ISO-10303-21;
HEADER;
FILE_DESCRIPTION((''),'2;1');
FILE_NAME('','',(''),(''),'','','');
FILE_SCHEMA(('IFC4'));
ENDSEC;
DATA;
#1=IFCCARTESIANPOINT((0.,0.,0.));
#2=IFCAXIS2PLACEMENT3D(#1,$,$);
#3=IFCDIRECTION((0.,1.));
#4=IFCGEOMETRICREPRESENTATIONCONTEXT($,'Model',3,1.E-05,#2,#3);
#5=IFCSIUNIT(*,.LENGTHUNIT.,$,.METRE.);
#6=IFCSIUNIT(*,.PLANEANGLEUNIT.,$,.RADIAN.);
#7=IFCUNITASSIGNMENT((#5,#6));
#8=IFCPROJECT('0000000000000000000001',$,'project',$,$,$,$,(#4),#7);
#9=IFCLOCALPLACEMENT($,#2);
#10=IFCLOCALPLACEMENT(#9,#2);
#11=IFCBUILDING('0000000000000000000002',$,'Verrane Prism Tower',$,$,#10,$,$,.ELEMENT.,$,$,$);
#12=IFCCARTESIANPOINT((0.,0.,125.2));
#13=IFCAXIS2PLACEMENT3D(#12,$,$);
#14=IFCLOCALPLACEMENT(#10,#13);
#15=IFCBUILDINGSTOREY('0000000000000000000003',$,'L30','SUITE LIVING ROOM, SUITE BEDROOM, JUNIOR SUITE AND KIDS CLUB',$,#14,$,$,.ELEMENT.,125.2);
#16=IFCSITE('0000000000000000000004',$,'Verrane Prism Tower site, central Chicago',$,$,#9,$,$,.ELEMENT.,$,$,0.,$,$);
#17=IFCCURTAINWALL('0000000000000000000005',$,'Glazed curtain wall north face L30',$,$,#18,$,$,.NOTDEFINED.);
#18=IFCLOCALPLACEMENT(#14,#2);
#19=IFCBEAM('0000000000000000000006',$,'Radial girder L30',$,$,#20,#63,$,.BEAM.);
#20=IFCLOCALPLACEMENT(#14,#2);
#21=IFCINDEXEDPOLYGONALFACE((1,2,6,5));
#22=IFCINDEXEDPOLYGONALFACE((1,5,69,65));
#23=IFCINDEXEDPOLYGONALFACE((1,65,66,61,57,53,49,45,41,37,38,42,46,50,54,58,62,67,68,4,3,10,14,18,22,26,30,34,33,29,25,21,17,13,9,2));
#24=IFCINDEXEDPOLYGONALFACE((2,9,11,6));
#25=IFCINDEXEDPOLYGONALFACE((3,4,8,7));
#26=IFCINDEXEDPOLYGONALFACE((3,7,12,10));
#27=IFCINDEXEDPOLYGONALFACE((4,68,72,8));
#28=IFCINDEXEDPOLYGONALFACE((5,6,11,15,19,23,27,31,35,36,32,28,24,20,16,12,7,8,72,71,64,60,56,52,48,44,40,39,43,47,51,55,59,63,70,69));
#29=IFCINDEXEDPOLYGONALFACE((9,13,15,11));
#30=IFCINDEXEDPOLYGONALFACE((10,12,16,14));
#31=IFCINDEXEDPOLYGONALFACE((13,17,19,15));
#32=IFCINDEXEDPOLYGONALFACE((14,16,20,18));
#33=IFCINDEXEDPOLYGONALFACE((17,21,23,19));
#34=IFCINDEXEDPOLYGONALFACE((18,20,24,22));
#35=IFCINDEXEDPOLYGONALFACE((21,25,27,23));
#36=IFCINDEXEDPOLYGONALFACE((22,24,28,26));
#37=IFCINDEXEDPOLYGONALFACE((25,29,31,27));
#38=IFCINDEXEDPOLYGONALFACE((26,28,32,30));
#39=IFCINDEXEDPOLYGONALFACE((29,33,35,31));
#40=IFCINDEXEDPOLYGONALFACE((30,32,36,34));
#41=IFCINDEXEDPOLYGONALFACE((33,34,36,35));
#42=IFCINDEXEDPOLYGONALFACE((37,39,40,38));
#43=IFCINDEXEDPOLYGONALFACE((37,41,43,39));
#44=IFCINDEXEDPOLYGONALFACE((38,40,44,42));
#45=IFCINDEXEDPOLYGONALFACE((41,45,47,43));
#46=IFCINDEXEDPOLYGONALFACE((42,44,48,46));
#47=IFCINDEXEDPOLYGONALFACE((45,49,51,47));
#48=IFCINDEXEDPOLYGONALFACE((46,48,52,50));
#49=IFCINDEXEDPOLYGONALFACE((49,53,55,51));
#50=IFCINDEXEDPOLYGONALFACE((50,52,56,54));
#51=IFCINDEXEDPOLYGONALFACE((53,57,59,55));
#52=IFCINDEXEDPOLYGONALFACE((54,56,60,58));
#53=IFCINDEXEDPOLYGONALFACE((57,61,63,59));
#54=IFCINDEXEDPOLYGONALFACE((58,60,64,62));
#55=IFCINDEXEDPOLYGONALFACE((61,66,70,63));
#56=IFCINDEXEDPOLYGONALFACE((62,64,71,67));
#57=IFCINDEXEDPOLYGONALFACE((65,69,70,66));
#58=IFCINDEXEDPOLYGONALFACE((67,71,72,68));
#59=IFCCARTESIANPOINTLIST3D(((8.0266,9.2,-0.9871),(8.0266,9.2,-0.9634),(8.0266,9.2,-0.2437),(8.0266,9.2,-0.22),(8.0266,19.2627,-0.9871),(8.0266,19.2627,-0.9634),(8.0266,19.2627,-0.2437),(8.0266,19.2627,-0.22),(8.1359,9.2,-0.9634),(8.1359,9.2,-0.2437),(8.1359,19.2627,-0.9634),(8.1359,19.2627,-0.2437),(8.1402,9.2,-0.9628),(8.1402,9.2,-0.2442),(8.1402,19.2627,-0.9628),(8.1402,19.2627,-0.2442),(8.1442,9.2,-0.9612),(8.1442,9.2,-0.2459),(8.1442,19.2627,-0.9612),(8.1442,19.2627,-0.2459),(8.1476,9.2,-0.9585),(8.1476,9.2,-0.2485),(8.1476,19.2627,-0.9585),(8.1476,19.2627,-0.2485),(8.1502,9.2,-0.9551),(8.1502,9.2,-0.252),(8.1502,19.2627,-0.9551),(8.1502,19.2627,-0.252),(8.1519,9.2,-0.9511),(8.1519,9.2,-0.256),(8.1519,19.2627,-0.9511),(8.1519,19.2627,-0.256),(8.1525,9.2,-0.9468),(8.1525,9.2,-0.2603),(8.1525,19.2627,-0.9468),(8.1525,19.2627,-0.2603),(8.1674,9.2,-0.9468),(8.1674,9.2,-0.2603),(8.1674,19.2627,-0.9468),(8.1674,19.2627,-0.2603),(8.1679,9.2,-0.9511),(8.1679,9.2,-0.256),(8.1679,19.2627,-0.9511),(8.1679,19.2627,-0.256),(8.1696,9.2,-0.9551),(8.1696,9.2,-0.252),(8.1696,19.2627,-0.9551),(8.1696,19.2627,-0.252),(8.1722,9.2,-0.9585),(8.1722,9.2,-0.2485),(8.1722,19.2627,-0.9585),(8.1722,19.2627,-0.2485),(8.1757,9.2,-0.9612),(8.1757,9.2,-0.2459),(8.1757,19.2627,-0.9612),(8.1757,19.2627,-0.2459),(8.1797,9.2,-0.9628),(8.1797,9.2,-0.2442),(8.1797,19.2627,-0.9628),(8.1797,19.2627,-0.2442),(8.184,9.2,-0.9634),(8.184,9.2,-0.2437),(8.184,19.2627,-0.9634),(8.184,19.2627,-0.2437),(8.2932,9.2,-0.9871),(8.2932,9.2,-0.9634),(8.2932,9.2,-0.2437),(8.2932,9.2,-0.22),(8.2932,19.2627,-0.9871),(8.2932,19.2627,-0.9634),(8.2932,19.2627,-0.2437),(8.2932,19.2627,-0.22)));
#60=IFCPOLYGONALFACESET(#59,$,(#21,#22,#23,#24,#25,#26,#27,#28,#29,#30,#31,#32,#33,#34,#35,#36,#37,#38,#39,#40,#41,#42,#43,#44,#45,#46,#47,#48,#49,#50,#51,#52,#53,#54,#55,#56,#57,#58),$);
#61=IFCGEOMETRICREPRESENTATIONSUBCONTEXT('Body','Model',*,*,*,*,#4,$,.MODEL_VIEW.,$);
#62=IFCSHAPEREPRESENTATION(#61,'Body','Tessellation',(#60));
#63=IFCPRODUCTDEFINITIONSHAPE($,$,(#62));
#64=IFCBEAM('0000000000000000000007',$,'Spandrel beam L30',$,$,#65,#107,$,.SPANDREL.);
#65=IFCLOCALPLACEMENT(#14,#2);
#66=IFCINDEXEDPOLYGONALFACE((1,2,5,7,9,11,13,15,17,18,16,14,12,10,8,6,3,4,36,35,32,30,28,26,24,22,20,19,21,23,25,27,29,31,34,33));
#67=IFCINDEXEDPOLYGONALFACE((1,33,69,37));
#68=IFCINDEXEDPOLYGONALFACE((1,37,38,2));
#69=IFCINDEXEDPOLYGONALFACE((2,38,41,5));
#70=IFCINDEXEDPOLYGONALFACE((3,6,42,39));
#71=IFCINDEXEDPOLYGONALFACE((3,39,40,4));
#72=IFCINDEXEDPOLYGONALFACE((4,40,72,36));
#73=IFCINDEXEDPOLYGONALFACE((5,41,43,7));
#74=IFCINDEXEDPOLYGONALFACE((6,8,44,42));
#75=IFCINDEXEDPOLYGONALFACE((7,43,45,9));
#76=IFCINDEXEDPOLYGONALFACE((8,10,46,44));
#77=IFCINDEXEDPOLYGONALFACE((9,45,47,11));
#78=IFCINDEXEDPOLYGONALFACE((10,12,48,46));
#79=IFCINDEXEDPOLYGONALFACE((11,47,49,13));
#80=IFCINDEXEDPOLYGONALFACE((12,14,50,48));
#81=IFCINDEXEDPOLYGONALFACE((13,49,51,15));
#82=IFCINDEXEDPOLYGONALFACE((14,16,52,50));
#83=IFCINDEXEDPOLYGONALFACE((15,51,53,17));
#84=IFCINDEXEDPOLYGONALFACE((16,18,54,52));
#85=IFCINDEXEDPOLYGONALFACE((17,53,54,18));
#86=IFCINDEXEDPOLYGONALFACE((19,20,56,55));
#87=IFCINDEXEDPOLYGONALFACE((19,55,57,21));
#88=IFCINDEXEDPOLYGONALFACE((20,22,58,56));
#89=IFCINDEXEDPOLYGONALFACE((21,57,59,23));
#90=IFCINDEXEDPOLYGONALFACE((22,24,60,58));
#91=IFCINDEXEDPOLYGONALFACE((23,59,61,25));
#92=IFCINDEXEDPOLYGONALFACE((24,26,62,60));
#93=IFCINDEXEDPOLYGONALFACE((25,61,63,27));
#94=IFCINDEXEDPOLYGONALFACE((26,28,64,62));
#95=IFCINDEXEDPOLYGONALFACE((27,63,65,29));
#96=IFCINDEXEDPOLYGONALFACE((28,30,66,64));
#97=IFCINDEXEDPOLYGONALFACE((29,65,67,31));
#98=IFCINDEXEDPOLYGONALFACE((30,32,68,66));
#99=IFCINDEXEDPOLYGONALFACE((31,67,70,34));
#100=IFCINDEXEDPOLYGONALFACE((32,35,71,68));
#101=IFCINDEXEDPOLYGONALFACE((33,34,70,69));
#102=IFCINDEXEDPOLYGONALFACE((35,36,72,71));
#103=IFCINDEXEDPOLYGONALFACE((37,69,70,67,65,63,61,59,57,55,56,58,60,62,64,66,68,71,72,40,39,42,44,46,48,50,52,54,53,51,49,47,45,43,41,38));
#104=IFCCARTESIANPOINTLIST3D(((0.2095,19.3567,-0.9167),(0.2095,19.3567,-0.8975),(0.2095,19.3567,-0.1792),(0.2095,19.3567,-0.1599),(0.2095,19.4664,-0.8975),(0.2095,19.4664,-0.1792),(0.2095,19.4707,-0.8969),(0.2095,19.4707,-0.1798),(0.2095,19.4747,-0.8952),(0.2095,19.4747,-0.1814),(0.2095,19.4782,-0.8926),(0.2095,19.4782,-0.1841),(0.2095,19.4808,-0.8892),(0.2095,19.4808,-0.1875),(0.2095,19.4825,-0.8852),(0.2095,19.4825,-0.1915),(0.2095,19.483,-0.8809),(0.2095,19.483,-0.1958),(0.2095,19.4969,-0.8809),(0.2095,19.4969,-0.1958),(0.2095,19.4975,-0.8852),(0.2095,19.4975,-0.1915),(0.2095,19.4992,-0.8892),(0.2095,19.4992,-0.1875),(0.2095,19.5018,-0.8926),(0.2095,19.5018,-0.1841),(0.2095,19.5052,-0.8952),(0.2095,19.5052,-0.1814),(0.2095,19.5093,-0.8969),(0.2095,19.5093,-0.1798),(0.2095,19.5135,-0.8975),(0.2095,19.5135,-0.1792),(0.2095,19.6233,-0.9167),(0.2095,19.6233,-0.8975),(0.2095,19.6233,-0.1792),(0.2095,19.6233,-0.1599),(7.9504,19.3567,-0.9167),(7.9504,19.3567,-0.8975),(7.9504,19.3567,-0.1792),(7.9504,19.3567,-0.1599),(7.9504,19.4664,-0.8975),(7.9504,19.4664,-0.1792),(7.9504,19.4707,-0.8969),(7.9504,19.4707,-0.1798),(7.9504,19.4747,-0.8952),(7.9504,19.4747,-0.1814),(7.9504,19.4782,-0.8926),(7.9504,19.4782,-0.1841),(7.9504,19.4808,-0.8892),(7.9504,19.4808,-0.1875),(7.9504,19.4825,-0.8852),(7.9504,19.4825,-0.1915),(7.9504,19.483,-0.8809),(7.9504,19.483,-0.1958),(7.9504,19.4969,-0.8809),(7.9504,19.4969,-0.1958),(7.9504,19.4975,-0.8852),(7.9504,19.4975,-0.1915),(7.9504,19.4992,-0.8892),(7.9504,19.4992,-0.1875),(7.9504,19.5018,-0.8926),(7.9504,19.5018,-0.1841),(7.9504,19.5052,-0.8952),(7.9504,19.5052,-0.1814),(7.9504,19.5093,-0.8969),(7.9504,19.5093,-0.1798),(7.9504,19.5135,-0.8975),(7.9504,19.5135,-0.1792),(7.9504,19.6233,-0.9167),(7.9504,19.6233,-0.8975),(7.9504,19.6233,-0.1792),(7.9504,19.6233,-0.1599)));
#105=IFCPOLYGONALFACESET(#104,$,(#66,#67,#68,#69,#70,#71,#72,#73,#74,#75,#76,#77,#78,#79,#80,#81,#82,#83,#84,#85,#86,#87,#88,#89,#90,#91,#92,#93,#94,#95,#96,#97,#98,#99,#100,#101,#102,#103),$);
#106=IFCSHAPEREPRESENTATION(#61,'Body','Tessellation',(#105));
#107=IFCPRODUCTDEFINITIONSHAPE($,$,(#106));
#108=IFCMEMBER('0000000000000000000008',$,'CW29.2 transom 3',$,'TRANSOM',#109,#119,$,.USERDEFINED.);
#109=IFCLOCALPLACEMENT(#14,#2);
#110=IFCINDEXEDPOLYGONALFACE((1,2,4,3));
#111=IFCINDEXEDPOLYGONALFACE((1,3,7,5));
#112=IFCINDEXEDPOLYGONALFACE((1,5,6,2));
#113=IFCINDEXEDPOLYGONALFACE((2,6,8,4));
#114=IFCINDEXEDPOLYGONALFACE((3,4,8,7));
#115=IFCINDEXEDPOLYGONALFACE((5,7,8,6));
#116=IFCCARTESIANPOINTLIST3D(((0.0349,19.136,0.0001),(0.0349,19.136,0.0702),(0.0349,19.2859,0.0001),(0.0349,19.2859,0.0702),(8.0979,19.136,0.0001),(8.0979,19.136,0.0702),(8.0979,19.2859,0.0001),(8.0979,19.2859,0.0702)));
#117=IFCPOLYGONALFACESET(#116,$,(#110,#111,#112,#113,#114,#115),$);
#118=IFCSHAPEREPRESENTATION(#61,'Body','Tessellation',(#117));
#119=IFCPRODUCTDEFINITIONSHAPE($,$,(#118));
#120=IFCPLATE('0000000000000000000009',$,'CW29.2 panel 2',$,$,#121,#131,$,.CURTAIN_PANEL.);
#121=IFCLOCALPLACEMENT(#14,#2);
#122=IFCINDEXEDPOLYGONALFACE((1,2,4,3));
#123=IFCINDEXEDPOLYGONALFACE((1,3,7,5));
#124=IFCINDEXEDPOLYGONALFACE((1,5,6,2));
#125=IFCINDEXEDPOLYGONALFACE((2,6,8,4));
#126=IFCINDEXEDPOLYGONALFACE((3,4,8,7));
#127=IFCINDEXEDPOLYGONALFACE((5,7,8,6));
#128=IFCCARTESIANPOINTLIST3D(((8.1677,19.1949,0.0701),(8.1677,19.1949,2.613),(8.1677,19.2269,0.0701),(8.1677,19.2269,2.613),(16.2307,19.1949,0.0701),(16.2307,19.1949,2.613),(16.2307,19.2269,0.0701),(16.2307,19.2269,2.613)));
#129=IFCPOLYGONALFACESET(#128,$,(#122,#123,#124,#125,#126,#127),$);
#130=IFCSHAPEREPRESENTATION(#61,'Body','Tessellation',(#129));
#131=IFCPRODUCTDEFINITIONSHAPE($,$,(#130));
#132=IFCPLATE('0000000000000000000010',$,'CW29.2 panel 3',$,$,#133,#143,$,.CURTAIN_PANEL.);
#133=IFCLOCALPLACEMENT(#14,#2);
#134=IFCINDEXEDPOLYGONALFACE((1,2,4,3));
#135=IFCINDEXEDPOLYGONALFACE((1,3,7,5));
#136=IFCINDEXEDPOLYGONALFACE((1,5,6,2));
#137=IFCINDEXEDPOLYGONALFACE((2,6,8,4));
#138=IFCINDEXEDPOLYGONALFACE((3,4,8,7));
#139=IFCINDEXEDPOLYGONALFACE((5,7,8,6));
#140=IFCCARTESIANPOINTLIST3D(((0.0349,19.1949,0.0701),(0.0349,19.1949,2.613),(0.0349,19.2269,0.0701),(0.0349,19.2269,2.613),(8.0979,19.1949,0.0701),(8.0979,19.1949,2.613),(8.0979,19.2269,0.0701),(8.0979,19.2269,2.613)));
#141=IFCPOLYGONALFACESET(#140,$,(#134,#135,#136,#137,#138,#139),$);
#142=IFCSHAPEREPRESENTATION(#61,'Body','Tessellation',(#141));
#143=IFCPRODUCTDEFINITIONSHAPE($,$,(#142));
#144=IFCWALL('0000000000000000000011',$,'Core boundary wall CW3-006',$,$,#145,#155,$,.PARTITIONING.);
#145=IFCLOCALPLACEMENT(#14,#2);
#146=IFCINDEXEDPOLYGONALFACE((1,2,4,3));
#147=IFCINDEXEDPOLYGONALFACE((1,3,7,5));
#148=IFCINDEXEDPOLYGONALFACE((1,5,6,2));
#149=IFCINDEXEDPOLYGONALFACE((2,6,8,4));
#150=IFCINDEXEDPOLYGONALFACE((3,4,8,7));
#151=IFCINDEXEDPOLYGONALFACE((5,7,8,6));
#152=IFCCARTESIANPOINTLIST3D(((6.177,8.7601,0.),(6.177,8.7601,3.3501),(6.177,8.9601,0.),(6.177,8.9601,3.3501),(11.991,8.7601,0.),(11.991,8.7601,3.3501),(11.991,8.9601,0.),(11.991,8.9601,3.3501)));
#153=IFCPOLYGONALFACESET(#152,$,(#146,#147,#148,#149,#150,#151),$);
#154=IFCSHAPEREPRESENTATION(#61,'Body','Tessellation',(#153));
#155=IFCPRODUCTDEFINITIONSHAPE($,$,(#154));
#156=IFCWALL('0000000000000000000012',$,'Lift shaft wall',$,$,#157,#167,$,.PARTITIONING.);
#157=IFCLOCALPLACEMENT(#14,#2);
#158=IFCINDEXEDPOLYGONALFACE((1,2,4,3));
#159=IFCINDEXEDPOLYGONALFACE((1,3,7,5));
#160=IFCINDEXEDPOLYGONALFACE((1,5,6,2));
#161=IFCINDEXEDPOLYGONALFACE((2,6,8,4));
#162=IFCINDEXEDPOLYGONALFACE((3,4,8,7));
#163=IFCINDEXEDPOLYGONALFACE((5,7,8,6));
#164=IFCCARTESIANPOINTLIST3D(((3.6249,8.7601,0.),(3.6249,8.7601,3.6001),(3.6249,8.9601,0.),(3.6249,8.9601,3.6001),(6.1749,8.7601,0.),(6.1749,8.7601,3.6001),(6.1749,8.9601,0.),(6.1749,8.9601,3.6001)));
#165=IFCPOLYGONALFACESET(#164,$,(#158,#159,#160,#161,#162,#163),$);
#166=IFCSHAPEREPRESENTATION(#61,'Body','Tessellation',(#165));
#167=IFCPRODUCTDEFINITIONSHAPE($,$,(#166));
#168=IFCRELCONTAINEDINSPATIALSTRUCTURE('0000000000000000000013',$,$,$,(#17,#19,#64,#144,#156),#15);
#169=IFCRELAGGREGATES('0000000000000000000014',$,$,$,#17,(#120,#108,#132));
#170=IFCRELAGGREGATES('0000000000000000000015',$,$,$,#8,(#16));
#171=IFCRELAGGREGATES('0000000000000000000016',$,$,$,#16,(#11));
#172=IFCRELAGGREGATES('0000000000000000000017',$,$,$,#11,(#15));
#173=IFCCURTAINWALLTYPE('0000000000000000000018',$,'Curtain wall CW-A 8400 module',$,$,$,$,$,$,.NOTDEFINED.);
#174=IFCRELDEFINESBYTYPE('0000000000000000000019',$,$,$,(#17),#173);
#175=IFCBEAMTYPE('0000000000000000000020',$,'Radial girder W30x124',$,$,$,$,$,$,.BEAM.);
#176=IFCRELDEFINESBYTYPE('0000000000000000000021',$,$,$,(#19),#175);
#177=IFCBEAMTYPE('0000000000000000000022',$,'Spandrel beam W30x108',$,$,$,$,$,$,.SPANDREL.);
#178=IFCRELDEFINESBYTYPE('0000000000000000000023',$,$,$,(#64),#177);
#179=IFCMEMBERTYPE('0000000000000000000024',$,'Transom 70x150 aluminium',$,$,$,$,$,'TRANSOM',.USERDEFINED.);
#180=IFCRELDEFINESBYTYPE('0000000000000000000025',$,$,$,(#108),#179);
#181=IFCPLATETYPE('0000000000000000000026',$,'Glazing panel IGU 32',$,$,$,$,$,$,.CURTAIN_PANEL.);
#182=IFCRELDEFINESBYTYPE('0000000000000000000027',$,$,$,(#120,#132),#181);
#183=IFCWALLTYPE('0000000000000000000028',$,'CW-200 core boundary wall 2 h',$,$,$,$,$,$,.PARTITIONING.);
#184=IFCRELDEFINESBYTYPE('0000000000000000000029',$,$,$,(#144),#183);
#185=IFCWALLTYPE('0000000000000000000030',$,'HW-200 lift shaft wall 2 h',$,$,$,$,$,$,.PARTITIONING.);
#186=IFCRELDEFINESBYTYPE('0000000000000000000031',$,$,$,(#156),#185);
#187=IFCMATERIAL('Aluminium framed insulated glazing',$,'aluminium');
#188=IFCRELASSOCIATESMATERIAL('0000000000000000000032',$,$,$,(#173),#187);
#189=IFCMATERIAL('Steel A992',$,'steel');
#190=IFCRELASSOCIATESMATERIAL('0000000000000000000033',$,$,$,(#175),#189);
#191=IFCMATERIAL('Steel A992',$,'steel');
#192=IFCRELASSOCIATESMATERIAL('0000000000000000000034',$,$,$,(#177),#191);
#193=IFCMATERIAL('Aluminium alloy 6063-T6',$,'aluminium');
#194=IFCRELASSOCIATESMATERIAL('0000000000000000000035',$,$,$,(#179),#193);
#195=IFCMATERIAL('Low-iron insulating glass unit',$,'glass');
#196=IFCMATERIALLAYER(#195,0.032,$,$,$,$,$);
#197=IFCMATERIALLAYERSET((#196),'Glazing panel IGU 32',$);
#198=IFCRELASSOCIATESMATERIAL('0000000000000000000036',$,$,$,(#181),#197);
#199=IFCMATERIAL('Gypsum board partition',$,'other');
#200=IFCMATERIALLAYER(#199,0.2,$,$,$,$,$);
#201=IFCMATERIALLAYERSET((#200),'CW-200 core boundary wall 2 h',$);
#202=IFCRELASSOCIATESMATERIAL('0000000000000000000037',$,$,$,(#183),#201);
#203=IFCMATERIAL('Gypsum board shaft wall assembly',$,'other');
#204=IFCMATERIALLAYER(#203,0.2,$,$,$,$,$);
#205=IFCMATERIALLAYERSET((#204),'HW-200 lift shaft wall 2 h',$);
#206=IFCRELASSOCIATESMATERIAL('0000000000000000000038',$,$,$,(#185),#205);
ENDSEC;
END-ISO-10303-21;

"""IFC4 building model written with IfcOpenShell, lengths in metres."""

from ifc_helpers import new_model, si_unit, direction, frame, frame_2d, origin, origin_2d, place, context, subcontext, project, spatial, rectangle, i_section, extrude, material, layer, layer_set, material_profile, profile_set, type_object, element, aggregate, save


model = new_model("IFC4")

# Units and contexts
model_context = context("Model", 3, precision=1e-05, world=origin(), true_north=direction((0.0, 1.0)))
body_context = subcontext(model_context, "Body", "Model", "MODEL_VIEW")
ifc_project = project(units=[si_unit("LENGTHUNIT", "METRE"), si_unit("PLANEANGLEUNIT", "RADIAN")], contexts=[model_context])

# Site, building, storey
site_placement = place(None, origin())
site = spatial("IfcSite", under=ifc_project, at=site_placement, Name="Verrane Prism Tower site, central Chicago", CompositionType="ELEMENT", RefElevation=0.0)
building_placement = place(site_placement, origin())
building = spatial("IfcBuilding", under=site, at=building_placement, Name="Verrane Prism Tower", CompositionType="ELEMENT")
storey_placement = place(building_placement, frame((0.0, 0.0, 125.2)))
storey = spatial("IfcBuildingStorey", under=building, at=storey_placement, Name="L30", Description="SUITE LIVING ROOM, SUITE BEDROOM, JUNIOR SUITE AND KIDS CLUB", CompositionType="ELEMENT", Elevation=125.2)

# Curtain wall
ifc_material_1 = material(Name="Aluminium framed insulated glazing", Category="aluminium")
curtain_wall_type = type_object("IfcCurtainWallType", Name="Curtain wall CW-A 8400 module", PredefinedType="NOTDEFINED", material=ifc_material_1)
curtain_wall_placement = place(storey_placement, origin())
curtain_wall = element("IfcCurtainWall", 1, at=curtain_wall_placement, inside=storey, type_object=curtain_wall_type, Name="Glazed curtain wall north face L30", PredefinedType="NOTDEFINED")

# Beams
ifc_material_2 = material(Name="Steel A992", Category="steel")
ifc_material_profile_1 = material_profile(ifc_material_2, i_section(OverallWidth=0.2666, OverallDepth=0.7671, WebThickness=0.0149, FlangeThickness=0.0237, FilletRadius=0.0166, at=origin_2d()), Name="W30x124")
ifc_profile_set_1 = profile_set([ifc_material_profile_1], Name="Steel A992")
beam_type_1 = type_object("IfcBeamType", Name="Radial girder W30x124", PredefinedType="BEAM", material=ifc_profile_set_1)
beam_1_placement = place(storey_placement, frame((8.1599, 19.2627, -0.6035), z_axis=(0.0, -1.0, 0.0), x_axis=(1.0, 0.0, 0.0)))
element("IfcBeam", 2, at=beam_1_placement, inside=storey, type_object=beam_type_1, Name="Radial girder L30", PredefinedType="BEAM", context=body_context, shape_type="SweptSolid", body=[
    extrude(i_section(OverallWidth=0.2666, OverallDepth=0.7671, WebThickness=0.0149, FlangeThickness=0.0237, FilletRadius=0.0166, at=origin_2d()), origin(), (0.0, 0.0, 1.0), 10.0627),
])
ifc_material_3 = material(Name="Steel A992", Category="steel")
ifc_material_profile_2 = material_profile(ifc_material_3, i_section(OverallWidth=0.2666, OverallDepth=0.7568, WebThickness=0.0139, FlangeThickness=0.0193, FilletRadius=0.0166, at=origin_2d()), Name="W30x108")
ifc_profile_set_2 = profile_set([ifc_material_profile_2], Name="Steel A992")
beam_type_2 = type_object("IfcBeamType", Name="Spandrel beam W30x108", PredefinedType="SPANDREL", material=ifc_profile_set_2)
beam_2_placement = place(storey_placement, frame((7.9504, 19.49, -0.5383), z_axis=(-1.0, 0.0, 0.0), x_axis=(0.0, -1.0, 0.0)))
element("IfcBeam", 3, at=beam_2_placement, inside=storey, type_object=beam_type_2, Name="Spandrel beam L30", PredefinedType="SPANDREL", context=body_context, shape_type="SweptSolid", body=[
    extrude(i_section(OverallWidth=0.2666, OverallDepth=0.7568, WebThickness=0.0139, FlangeThickness=0.0193, FilletRadius=0.0166, at=origin_2d()), origin(), (0.0, 0.0, 1.0), 7.741),
])

# Member
ifc_material_4 = material(Name="Aluminium alloy 6063-T6", Category="aluminium")
ifc_material_profile_3 = material_profile(ifc_material_4, rectangle(XDim=0.1499, YDim=0.0701, at=origin_2d()), Name="Transom 70x150 aluminium")
ifc_profile_set_3 = profile_set([ifc_material_profile_3], Name="Aluminium alloy 6063-T6")
member_type_1 = type_object("IfcMemberType", Name="Transom 70x150 aluminium", ElementType="TRANSOM", PredefinedType="USERDEFINED", material=ifc_profile_set_3)
member_1_placement = place(storey_placement, frame((8.0979, 19.2109, 0.0352), z_axis=(-1.0, 0.0, 0.0), x_axis=(0.0, -1.0, 0.0)))
member_1 = element("IfcMember", 4, at=member_1_placement, type_object=member_type_1, Name="CW29.2 transom 3", ObjectType="TRANSOM", PredefinedType="USERDEFINED", context=body_context, shape_type="SweptSolid", body=[
    extrude(rectangle(XDim=0.1499, YDim=0.0701, at=origin_2d()), origin(), (0.0, 0.0, 1.0), 8.063),
])

# Plates
ifc_material_5 = material(Name="Low-iron insulating glass unit", Category="glass")
ifc_layer_1 = layer(ifc_material_5, 0.032)
ifc_layer_set_1 = layer_set([ifc_layer_1], Name="Glazing panel IGU 32")
plate_type = type_object("IfcPlateType", Name="Glazing panel IGU 32", PredefinedType="CURTAIN_PANEL", material=ifc_layer_set_1)
plate_1_placement = place(storey_placement, frame((12.1992, 19.2109, 0.0701), z_axis=(0.0, 0.0, 1.0), x_axis=(-1.0, 0.0, 0.0)))
plate_1 = element("IfcPlate", 5, at=plate_1_placement, type_object=plate_type, Name="CW29.2 panel 2", PredefinedType="CURTAIN_PANEL", context=body_context, shape_type="SweptSolid", body=[
    extrude(rectangle(XDim=8.063, YDim=0.032, at=origin_2d()), origin(), (0.0, 0.0, 1.0), 2.543),
])
plate_2_placement = place(storey_placement, frame((4.0664, 19.2109, 0.0701), z_axis=(0.0, 0.0, 1.0), x_axis=(-1.0, 0.0, 0.0)))
plate_2 = element("IfcPlate", 6, at=plate_2_placement, type_object=plate_type, Name="CW29.2 panel 3", PredefinedType="CURTAIN_PANEL", context=body_context, shape_type="SweptSolid", body=[
    extrude(rectangle(XDim=8.063, YDim=0.032, at=origin_2d()), origin(), (0.0, 0.0, 1.0), 2.543),
])
aggregate(curtain_wall, [plate_1, member_1, plate_2])

# Walls
ifc_material_6 = material(Name="Gypsum board partition", Category="other")
ifc_layer_2 = layer(ifc_material_6, 0.2)
ifc_layer_set_2 = layer_set([ifc_layer_2], Name="CW-200 core boundary wall 2 h")
wall_type_1 = type_object("IfcWallType", Name="CW-200 core boundary wall 2 h", PredefinedType="PARTITIONING", material=ifc_layer_set_2)
wall_1_placement = place(storey_placement, frame((6.177, 8.8601, 0.0), z_axis=(0.0, 0.0, 1.0), x_axis=(1.0, 0.0, 0.0)))
element("IfcWall", 7, at=wall_1_placement, inside=storey, type_object=wall_type_1, Name="Core boundary wall CW3-006", PredefinedType="PARTITIONING", context=body_context, shape_type="SweptSolid", body=[
    extrude(rectangle(XDim=5.814, YDim=0.2, at=frame_2d((2.907, 0.0))), origin(), (0.0, 0.0, 1.0), 3.3501),
])
ifc_material_7 = material(Name="Gypsum board shaft wall assembly", Category="other")
ifc_layer_3 = layer(ifc_material_7, 0.2)
ifc_layer_set_3 = layer_set([ifc_layer_3], Name="HW-200 lift shaft wall 2 h")
wall_type_2 = type_object("IfcWallType", Name="HW-200 lift shaft wall 2 h", PredefinedType="PARTITIONING", material=ifc_layer_set_3)
wall_2_placement = place(storey_placement, frame((3.625, 8.8601, 0.0), z_axis=(0.0, 0.0, 1.0), x_axis=(1.0, 0.0, 0.0)))
element("IfcWall", 8, at=wall_2_placement, inside=storey, type_object=wall_type_2, Name="Lift shaft wall", PredefinedType="PARTITIONING", context=body_context, shape_type="SweptSolid", body=[
    extrude(rectangle(XDim=2.55, YDim=0.2, at=frame_2d((1.2749, 0.0))), origin(), (0.0, 0.0, 1.0), 3.6001),
])

save(model, "model.ifc")
